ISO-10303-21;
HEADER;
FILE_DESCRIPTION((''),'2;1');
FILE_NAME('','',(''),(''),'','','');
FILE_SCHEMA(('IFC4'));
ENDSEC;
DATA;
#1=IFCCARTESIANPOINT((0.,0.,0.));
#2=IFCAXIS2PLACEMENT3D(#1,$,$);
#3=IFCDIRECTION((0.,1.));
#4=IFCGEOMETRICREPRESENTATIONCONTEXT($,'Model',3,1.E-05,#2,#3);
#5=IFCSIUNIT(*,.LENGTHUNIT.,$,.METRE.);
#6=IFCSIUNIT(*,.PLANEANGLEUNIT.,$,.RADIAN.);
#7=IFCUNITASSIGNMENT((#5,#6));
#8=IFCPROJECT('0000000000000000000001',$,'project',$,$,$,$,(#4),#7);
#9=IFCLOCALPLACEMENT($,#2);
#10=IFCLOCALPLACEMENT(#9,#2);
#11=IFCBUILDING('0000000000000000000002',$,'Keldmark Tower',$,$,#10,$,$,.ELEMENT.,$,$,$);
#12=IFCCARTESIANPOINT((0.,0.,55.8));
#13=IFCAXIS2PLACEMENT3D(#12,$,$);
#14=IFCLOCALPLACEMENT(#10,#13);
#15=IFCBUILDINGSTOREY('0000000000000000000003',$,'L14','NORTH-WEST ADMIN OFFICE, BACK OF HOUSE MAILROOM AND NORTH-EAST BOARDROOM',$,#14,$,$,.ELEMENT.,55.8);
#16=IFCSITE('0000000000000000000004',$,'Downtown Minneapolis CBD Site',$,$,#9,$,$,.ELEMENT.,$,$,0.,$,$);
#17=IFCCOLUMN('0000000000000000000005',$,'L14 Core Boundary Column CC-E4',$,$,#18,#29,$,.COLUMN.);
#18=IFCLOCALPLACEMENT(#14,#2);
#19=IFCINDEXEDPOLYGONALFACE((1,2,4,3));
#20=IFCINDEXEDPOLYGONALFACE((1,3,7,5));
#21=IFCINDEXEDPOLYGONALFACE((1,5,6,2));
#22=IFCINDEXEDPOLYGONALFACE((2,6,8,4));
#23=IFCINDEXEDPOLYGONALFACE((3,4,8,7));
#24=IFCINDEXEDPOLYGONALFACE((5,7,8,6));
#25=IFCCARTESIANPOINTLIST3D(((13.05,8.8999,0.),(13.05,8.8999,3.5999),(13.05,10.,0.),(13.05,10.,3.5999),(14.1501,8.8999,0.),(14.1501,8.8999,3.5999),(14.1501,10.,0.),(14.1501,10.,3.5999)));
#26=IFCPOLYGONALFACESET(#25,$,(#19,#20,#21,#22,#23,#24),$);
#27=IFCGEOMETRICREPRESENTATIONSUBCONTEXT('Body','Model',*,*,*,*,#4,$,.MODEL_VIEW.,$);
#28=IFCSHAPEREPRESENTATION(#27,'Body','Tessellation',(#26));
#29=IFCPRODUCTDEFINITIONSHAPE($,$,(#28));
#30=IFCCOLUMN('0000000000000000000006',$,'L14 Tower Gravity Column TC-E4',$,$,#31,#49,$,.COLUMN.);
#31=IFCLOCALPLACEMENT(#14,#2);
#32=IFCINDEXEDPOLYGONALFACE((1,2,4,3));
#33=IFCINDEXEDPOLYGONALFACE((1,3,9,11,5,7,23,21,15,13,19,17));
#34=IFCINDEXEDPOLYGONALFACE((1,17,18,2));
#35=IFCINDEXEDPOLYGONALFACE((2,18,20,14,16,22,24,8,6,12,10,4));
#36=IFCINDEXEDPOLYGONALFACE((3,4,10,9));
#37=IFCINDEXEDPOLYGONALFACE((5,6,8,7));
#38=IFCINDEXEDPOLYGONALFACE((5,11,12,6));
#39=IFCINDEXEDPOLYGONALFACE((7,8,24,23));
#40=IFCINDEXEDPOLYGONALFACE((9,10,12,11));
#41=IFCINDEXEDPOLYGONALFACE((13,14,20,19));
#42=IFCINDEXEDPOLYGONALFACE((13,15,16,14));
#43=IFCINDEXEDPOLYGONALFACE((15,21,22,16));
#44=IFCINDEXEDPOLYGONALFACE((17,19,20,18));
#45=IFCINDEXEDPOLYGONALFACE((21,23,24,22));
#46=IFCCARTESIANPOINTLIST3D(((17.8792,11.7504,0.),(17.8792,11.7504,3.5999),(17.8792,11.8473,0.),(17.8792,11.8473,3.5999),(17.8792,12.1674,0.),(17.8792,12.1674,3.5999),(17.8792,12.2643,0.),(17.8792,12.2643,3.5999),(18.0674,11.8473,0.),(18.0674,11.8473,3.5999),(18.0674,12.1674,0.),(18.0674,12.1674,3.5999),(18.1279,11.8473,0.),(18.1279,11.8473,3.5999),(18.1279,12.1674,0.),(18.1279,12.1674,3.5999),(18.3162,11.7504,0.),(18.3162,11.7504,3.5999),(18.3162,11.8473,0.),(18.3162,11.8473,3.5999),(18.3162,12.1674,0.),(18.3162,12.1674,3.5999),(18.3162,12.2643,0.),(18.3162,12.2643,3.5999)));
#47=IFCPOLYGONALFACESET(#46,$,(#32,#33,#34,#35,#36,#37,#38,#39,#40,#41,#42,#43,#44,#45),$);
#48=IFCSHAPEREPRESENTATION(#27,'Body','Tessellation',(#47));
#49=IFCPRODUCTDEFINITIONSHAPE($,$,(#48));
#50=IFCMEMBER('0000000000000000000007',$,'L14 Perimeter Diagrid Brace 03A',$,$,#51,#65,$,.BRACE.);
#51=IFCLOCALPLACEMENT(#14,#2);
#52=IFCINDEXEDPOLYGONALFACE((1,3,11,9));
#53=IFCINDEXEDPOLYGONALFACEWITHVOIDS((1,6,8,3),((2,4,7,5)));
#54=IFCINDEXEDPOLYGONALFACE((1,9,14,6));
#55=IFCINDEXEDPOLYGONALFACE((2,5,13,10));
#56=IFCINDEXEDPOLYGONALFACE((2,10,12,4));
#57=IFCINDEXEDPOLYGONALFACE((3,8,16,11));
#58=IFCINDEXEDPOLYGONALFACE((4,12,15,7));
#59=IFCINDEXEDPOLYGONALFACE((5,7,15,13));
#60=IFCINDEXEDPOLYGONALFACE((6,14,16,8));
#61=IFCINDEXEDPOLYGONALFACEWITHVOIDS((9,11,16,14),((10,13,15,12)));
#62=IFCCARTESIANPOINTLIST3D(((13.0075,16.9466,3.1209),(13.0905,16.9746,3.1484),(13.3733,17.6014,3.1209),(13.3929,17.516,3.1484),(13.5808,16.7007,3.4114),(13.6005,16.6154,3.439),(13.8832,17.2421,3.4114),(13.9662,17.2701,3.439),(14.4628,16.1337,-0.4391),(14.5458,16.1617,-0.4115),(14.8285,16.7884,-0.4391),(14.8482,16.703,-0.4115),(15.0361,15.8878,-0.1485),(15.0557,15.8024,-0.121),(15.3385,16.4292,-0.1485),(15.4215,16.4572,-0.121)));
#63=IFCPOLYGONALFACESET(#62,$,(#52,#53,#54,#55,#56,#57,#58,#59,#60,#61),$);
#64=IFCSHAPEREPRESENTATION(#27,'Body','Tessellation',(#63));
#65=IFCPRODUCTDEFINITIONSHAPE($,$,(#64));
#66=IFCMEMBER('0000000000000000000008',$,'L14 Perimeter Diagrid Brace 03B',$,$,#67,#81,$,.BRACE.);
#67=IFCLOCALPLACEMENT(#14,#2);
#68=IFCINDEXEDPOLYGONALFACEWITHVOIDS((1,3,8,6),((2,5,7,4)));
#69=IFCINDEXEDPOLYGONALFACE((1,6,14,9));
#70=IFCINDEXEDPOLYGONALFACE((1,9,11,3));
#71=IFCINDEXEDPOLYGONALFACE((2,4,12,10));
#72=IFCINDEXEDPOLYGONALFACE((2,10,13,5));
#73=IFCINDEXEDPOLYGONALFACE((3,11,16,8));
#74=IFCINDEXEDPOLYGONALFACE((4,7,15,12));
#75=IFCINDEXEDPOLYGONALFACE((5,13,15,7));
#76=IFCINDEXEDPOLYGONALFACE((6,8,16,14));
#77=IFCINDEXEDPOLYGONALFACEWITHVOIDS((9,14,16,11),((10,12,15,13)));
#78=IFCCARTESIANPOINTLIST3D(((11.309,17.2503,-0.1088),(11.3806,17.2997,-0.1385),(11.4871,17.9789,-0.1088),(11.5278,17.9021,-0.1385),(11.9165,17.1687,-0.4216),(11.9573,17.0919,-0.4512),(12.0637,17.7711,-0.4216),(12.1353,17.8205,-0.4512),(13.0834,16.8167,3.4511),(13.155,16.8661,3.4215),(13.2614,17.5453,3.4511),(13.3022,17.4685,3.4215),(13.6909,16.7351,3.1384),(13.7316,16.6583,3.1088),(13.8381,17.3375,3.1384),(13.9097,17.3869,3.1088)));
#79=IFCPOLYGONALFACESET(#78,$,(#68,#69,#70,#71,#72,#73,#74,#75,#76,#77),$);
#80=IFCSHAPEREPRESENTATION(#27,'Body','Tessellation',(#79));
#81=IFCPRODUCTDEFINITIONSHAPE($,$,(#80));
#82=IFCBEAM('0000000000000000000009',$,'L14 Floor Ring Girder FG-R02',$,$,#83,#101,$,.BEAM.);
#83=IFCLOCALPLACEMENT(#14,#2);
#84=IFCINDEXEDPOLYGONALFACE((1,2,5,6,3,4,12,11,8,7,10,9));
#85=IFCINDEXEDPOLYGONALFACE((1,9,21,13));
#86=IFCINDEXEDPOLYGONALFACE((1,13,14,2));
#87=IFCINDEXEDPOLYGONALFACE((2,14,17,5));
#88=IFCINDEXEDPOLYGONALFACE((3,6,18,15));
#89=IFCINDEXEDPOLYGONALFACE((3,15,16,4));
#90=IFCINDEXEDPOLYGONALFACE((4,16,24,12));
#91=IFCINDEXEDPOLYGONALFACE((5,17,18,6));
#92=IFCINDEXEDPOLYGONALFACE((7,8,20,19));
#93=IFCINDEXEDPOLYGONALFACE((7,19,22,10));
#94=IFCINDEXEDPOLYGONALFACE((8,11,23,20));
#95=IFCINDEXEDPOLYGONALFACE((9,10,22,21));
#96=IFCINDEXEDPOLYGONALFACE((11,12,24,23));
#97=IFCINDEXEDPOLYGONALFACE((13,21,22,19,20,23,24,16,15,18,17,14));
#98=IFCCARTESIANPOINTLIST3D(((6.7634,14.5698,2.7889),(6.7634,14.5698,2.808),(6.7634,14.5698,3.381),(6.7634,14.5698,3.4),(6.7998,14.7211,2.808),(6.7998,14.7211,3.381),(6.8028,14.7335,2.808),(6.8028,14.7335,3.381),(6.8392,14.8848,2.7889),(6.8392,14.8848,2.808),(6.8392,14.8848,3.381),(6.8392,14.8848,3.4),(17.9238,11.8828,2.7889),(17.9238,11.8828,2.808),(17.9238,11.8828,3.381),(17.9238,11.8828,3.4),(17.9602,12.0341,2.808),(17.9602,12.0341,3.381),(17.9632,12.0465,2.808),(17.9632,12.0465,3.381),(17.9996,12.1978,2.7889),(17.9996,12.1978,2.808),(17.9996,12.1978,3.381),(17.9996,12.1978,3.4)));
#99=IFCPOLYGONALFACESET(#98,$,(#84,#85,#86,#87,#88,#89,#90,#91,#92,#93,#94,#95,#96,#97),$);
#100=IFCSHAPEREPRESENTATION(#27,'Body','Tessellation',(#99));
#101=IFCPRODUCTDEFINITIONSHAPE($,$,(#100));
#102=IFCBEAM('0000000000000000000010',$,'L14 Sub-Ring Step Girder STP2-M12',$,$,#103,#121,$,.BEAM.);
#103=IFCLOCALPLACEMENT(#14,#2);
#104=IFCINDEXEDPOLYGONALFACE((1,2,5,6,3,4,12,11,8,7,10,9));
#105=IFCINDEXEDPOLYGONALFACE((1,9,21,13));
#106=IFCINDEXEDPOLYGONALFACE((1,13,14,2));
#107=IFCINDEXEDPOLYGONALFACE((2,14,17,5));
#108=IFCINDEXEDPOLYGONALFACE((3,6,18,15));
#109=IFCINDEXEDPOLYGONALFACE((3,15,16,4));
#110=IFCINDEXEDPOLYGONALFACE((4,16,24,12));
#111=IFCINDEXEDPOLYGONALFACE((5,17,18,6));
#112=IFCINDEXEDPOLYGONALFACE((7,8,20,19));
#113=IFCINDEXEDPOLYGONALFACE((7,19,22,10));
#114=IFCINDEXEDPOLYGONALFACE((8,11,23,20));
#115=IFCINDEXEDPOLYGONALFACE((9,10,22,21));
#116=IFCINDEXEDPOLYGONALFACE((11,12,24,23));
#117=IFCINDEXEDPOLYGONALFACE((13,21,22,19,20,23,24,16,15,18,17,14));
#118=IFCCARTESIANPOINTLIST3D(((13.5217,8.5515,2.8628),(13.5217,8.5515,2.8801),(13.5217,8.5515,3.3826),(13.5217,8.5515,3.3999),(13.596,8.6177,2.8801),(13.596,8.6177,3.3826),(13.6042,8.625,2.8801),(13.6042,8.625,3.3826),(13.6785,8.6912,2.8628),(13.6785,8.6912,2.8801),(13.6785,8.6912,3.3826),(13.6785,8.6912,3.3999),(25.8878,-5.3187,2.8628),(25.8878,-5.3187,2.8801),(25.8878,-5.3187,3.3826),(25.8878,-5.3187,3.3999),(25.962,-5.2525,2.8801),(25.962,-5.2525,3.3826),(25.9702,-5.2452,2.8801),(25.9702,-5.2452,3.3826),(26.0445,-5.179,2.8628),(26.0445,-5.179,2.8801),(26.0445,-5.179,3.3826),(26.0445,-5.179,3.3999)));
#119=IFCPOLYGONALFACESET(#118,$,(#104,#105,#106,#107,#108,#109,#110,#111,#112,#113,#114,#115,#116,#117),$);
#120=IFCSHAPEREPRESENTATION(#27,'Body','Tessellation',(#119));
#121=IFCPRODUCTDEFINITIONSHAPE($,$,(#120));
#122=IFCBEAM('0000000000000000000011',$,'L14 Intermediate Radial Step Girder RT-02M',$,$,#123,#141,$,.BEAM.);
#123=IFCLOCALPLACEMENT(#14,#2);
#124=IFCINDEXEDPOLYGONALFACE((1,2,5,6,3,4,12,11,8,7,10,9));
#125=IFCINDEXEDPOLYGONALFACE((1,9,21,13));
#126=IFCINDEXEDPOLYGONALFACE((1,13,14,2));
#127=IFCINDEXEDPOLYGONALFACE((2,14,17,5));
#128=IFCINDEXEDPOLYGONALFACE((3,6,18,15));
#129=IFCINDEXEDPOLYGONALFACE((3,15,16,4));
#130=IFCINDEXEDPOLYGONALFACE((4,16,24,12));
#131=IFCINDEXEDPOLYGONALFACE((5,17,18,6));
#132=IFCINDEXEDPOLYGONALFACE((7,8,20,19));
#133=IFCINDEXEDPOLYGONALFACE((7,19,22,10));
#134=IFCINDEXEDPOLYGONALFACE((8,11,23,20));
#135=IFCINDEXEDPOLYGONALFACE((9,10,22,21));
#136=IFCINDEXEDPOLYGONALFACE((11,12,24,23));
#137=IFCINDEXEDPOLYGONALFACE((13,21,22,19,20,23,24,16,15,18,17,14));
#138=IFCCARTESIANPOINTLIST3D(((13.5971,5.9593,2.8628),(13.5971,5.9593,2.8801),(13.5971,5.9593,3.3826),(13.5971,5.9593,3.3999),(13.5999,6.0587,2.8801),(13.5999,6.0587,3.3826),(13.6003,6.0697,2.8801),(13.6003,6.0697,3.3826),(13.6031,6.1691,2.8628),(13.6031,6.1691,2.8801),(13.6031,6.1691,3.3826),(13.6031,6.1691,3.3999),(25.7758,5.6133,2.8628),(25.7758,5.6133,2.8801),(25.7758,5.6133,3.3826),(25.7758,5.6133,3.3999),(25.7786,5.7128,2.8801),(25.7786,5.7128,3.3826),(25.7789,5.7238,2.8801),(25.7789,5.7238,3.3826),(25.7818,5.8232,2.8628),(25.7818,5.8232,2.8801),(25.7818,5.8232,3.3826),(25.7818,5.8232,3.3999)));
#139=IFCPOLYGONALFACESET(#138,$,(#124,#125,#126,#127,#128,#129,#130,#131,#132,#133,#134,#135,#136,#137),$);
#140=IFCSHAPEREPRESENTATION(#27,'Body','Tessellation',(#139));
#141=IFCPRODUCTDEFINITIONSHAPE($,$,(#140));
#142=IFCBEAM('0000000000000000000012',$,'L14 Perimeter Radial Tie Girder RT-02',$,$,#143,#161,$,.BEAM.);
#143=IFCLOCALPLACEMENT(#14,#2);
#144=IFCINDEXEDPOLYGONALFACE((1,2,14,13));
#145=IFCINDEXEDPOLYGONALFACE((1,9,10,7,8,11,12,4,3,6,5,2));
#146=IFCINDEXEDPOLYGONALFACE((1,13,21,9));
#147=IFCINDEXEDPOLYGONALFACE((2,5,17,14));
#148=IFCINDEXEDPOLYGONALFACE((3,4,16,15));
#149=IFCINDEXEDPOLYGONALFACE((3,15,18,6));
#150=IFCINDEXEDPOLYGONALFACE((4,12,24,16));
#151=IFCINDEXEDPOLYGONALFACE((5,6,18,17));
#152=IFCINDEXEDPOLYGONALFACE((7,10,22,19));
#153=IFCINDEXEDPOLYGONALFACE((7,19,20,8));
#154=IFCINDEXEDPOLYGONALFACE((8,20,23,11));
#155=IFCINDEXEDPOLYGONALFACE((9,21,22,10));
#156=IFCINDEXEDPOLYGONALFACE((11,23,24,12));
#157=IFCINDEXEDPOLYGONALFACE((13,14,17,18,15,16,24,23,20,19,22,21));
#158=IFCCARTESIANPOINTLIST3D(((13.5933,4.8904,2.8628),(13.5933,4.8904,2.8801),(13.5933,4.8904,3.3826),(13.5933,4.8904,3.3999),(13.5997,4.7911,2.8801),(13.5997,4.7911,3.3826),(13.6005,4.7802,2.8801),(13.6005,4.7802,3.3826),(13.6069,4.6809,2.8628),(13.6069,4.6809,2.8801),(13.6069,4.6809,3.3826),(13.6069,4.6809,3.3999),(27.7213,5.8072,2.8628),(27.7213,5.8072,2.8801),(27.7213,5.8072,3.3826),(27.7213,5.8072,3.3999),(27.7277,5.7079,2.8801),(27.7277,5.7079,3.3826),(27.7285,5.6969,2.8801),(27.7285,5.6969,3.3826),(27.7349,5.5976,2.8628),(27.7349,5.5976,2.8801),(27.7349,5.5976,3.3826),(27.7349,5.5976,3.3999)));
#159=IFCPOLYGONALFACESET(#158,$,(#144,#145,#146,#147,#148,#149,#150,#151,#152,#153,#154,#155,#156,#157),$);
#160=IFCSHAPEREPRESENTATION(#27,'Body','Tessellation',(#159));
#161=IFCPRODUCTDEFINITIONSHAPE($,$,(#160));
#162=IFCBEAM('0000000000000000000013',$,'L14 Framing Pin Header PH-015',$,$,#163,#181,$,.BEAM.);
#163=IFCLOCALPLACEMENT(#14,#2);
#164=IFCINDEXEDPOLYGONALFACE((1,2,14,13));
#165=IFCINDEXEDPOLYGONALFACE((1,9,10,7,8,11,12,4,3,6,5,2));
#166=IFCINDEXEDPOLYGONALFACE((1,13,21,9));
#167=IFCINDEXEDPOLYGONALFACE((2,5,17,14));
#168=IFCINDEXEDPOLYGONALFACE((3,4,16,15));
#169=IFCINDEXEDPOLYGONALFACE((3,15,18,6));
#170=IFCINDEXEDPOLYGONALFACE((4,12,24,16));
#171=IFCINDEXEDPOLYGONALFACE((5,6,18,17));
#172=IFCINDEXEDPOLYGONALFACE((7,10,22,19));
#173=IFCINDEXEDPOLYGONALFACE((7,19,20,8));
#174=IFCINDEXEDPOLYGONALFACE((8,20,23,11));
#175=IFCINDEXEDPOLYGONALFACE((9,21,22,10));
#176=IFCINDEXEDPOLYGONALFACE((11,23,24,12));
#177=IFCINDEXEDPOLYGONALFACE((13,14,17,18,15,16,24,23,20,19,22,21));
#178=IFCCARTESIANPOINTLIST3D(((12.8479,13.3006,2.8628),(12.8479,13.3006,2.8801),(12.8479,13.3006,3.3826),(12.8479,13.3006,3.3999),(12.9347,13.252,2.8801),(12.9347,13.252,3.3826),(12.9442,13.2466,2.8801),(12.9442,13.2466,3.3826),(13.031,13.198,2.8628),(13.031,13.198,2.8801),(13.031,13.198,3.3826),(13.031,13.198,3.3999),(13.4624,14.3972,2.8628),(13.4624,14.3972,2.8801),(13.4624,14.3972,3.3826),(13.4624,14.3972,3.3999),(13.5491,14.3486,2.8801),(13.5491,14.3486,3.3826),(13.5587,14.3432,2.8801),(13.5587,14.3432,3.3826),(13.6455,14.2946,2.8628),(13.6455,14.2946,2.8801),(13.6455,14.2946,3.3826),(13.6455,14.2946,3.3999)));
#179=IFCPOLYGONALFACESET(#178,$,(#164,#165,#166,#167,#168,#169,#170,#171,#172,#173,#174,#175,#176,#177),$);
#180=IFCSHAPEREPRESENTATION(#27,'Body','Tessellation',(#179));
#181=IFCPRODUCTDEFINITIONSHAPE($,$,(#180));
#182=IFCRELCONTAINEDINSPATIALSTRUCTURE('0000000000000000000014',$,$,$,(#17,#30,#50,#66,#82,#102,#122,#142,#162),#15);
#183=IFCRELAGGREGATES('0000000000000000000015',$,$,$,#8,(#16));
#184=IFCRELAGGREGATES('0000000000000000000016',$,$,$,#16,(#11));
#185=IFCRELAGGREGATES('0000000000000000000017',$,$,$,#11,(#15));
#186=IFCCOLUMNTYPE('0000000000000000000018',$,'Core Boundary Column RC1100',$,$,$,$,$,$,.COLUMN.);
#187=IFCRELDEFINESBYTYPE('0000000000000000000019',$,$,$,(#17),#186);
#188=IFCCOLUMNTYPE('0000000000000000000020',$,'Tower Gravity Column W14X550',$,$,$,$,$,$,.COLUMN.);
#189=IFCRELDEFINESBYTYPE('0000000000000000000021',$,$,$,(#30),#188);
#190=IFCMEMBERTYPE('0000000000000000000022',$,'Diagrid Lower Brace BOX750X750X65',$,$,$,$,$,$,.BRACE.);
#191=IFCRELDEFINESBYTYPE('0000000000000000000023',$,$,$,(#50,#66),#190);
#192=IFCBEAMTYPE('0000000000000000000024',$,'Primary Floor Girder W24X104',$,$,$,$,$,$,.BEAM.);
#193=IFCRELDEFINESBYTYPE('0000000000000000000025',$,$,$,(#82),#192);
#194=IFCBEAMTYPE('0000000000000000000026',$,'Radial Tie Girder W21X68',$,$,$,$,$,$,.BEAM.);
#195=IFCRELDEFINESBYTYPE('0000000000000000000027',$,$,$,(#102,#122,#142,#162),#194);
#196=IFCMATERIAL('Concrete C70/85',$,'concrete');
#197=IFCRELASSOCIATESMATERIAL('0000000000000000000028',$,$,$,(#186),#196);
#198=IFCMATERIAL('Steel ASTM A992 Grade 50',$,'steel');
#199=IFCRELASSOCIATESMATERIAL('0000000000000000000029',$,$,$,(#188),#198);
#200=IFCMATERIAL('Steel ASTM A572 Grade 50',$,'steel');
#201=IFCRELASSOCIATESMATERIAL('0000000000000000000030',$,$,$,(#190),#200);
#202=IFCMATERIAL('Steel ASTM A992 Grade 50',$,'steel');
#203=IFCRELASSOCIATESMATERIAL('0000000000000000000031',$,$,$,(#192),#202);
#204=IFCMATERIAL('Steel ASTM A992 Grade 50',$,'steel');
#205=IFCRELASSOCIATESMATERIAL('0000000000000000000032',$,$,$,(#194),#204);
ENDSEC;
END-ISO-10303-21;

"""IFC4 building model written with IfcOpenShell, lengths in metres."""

from ifc_helpers import new_model, si_unit, direction, frame, origin, origin_2d, place, context, subcontext, project, spatial, rectangle, hollow_rectangle, i_section, extrude, material, material_profile, profile_set, type_object, element, save


model = new_model("IFC4")

# Units and contexts
model_context = context("Model", 3, precision=1e-05, world=origin(), true_north=direction((0.0, 1.0)))
body_context = subcontext(model_context, "Body", "Model", "MODEL_VIEW")
ifc_project = project(units=[si_unit("LENGTHUNIT", "METRE"), si_unit("PLANEANGLEUNIT", "RADIAN")], contexts=[model_context])

# Site, building, storey
site_placement = place(None, origin())
site = spatial("IfcSite", under=ifc_project, at=site_placement, Name="Downtown Minneapolis CBD Site", CompositionType="ELEMENT", RefElevation=0.0)
building_placement = place(site_placement, origin())
building = spatial("IfcBuilding", under=site, at=building_placement, Name="Keldmark Tower", CompositionType="ELEMENT")
storey_placement = place(building_placement, frame((0.0, 0.0, 55.8)))
storey = spatial("IfcBuildingStorey", under=building, at=storey_placement, Name="L14", Description="NORTH-WEST ADMIN OFFICE, BACK OF HOUSE MAILROOM AND NORTH-EAST BOARDROOM", CompositionType="ELEMENT", Elevation=55.8)

# Columns
ifc_material_1 = material(Name="Concrete C70/85", Category="concrete")
ifc_material_profile_1 = material_profile(ifc_material_1, rectangle(XDim=1.1001, YDim=1.1001, at=origin_2d()), Name="RC1100X1100")
ifc_profile_set_1 = profile_set([ifc_material_profile_1], Name="Concrete C70/85")
column_type_1 = type_object("IfcColumnType", Name="Core Boundary Column RC1100", PredefinedType="COLUMN", material=ifc_profile_set_1)
column_1_placement = place(storey_placement, frame((13.6001, 9.45, 0.0), z_axis=(0.0, 0.0, 1.0), x_axis=(1.0, 0.0, 0.0)))
element("IfcColumn", 1, at=column_1_placement, inside=storey, type_object=column_type_1, Name="L14 Core Boundary Column CC-E4", PredefinedType="COLUMN", context=body_context, shape_type="SweptSolid", body=[
    extrude(rectangle(XDim=1.1001, YDim=1.1001, at=origin_2d()), origin(), (0.0, 0.0, 1.0), 3.5999),
])
ifc_material_2 = material(Name="Steel ASTM A992 Grade 50", Category="steel")
ifc_material_profile_2 = material_profile(ifc_material_2, i_section(OverallWidth=0.437, OverallDepth=0.5139, WebThickness=0.0605, FlangeThickness=0.0969, at=origin_2d()), Name="W14X550")
ifc_profile_set_2 = profile_set([ifc_material_profile_2], Name="Steel ASTM A992 Grade 50")
column_type_2 = type_object("IfcColumnType", Name="Tower Gravity Column W14X550", PredefinedType="COLUMN", material=ifc_profile_set_2)
column_2_placement = place(storey_placement, frame((18.0977, 12.0073, 0.0), z_axis=(0.0, 0.0, 1.0), x_axis=(1.0, 0.0, 0.0)))
element("IfcColumn", 2, at=column_2_placement, inside=storey, type_object=column_type_2, Name="L14 Tower Gravity Column TC-E4", PredefinedType="COLUMN", context=body_context, shape_type="SweptSolid", body=[
    extrude(i_section(OverallWidth=0.437, OverallDepth=0.5139, WebThickness=0.0605, FlangeThickness=0.0969, at=origin_2d()), origin(), (0.0, 0.0, 1.0), 3.5999),
])

# Members
ifc_material_3 = material(Name="Steel ASTM A572 Grade 50", Category="steel")
ifc_material_profile_3 = material_profile(ifc_material_3, hollow_rectangle(XDim=0.75, YDim=0.75, WallThickness=0.0649, at=origin_2d()), Name="BOX750X750X65")
ifc_profile_set_3 = profile_set([ifc_material_profile_3], Name="Steel ASTM A572 Grade 50")
member_type = type_object("IfcMemberType", Name="Diagrid Lower Brace BOX750X750X65", PredefinedType="BRACE", material=ifc_profile_set_3)
member_1_placement = place(storey_placement, frame((14.9421, 16.2954, -0.28), z_axis=(-0.370215, 0.206813, 0.905632), x_axis=(-0.487693, -0.873015, 0.0)))
element("IfcMember", 3, at=member_1_placement, inside=storey, type_object=member_type, Name="L14 Perimeter Diagrid Brace 03A", PredefinedType="BRACE", context=body_context, shape_type="SweptSolid", body=[
    extrude(hollow_rectangle(XDim=0.75, YDim=0.75, WallThickness=0.0649, at=origin_2d()), origin(), (0.0, 0.0, 1.0), 3.9309),
])
member_2_placement = place(storey_placement, frame((11.7222, 17.5354, -0.28), z_axis=(0.443457, -0.108363, 0.889721), x_axis=(0.237375, 0.971418, 0.0)))
element("IfcMember", 4, at=member_2_placement, inside=storey, type_object=member_type, Name="L14 Perimeter Diagrid Brace 03B", PredefinedType="BRACE", context=body_context, shape_type="SweptSolid", body=[
    extrude(hollow_rectangle(XDim=0.75, YDim=0.75, WallThickness=0.0649, at=origin_2d()), origin(), (0.0, 0.0, 1.0), 4.0012),
])

# Beams
ifc_material_4 = material(Name="Steel ASTM A992 Grade 50", Category="steel")
ifc_material_profile_4 = material_profile(ifc_material_4, i_section(OverallWidth=0.324, OverallDepth=0.6111, WebThickness=0.0127, FlangeThickness=0.019, at=origin_2d()), Name="W24X104")
ifc_profile_set_4 = profile_set([ifc_material_profile_4], Name="Steel ASTM A992 Grade 50")
beam_type_1 = type_object("IfcBeamType", Name="Primary Floor Girder W24X104", PredefinedType="BEAM", material=ifc_profile_set_4)
beam_1_placement = place(storey_placement, frame((17.9617, 12.0403, 3.0945), z_axis=(-0.972219, 0.234074, 0.0), x_axis=(-0.234074, -0.972219, 0.0)))
element("IfcBeam", 5, at=beam_1_placement, inside=storey, type_object=beam_type_1, Name="L14 Floor Ring Girder FG-R02", PredefinedType="BEAM", context=body_context, shape_type="SweptSolid", body=[
    extrude(i_section(OverallWidth=0.324, OverallDepth=0.6111, WebThickness=0.0127, FlangeThickness=0.019, at=origin_2d()), origin(), (0.0, 0.0, 1.0), 11.4792),
])
ifc_material_5 = material(Name="Steel ASTM A992 Grade 50", Category="steel")
ifc_material_profile_5 = material_profile(ifc_material_5, i_section(OverallWidth=0.21, OverallDepth=0.5371, WebThickness=0.011, FlangeThickness=0.0173, at=origin_2d()), Name="W21X68")
ifc_profile_set_5 = profile_set([ifc_material_profile_5], Name="Steel ASTM A992 Grade 50")
beam_type_2 = type_object("IfcBeamType", Name="Radial Tie Girder W21X68", PredefinedType="BEAM", material=ifc_profile_set_5)
beam_2_placement = place(storey_placement, frame((13.6001, 8.6213, 3.1313), z_axis=(0.665475, -0.74642, 0.0), x_axis=(0.74642, 0.665475, 0.0)))
element("IfcBeam", 6, at=beam_2_placement, inside=storey, type_object=beam_type_2, Name="L14 Sub-Ring Step Girder STP2-M12", PredefinedType="BEAM", context=body_context, shape_type="SweptSolid", body=[
    extrude(i_section(OverallWidth=0.21, OverallDepth=0.5371, WebThickness=0.011, FlangeThickness=0.0173, at=origin_2d()), origin(), (0.0, 0.0, 1.0), 18.5823),
])
beam_3_placement = place(storey_placement, frame((13.6001, 6.0642, 3.1313), z_axis=(0.999597, -0.028394, 0.0), x_axis=(0.028394, 0.999597, 0.0)))
element("IfcBeam", 7, at=beam_3_placement, inside=storey, type_object=beam_type_2, Name="L14 Intermediate Radial Step Girder RT-02M", PredefinedType="BEAM", context=body_context, shape_type="SweptSolid", body=[
    extrude(i_section(OverallWidth=0.21, OverallDepth=0.5371, WebThickness=0.011, FlangeThickness=0.0173, at=origin_2d()), origin(), (0.0, 0.0, 1.0), 12.1836),
])
beam_4_placement = place(storey_placement, frame((13.6001, 4.7856, 3.1313), z_axis=(0.997901, 0.064753, 0.0), x_axis=(-0.064753, 0.997901, 0.0)))
element("IfcBeam", 8, at=beam_4_placement, inside=storey, type_object=beam_type_2, Name="L14 Perimeter Radial Tie Girder RT-02", PredefinedType="BEAM", context=body_context, shape_type="SweptSolid", body=[
    extrude(i_section(OverallWidth=0.21, OverallDepth=0.5371, WebThickness=0.011, FlangeThickness=0.0173, at=origin_2d()), origin(), (0.0, 0.0, 1.0), 14.1577),
])
beam_5_placement = place(storey_placement, frame((12.9395, 13.2493, 3.1313), z_axis=(0.488822, 0.872383, 0.0), x_axis=(-0.872383, 0.488822, 0.0)))
element("IfcBeam", 9, at=beam_5_placement, inside=storey, type_object=beam_type_2, Name="L14 Framing Pin Header PH-015", PredefinedType="BEAM", context=body_context, shape_type="SweptSolid", body=[
    extrude(i_section(OverallWidth=0.21, OverallDepth=0.5371, WebThickness=0.011, FlangeThickness=0.0173, at=origin_2d()), origin(), (0.0, 0.0, 1.0), 1.2571),
])

save(model, "model.ifc")
